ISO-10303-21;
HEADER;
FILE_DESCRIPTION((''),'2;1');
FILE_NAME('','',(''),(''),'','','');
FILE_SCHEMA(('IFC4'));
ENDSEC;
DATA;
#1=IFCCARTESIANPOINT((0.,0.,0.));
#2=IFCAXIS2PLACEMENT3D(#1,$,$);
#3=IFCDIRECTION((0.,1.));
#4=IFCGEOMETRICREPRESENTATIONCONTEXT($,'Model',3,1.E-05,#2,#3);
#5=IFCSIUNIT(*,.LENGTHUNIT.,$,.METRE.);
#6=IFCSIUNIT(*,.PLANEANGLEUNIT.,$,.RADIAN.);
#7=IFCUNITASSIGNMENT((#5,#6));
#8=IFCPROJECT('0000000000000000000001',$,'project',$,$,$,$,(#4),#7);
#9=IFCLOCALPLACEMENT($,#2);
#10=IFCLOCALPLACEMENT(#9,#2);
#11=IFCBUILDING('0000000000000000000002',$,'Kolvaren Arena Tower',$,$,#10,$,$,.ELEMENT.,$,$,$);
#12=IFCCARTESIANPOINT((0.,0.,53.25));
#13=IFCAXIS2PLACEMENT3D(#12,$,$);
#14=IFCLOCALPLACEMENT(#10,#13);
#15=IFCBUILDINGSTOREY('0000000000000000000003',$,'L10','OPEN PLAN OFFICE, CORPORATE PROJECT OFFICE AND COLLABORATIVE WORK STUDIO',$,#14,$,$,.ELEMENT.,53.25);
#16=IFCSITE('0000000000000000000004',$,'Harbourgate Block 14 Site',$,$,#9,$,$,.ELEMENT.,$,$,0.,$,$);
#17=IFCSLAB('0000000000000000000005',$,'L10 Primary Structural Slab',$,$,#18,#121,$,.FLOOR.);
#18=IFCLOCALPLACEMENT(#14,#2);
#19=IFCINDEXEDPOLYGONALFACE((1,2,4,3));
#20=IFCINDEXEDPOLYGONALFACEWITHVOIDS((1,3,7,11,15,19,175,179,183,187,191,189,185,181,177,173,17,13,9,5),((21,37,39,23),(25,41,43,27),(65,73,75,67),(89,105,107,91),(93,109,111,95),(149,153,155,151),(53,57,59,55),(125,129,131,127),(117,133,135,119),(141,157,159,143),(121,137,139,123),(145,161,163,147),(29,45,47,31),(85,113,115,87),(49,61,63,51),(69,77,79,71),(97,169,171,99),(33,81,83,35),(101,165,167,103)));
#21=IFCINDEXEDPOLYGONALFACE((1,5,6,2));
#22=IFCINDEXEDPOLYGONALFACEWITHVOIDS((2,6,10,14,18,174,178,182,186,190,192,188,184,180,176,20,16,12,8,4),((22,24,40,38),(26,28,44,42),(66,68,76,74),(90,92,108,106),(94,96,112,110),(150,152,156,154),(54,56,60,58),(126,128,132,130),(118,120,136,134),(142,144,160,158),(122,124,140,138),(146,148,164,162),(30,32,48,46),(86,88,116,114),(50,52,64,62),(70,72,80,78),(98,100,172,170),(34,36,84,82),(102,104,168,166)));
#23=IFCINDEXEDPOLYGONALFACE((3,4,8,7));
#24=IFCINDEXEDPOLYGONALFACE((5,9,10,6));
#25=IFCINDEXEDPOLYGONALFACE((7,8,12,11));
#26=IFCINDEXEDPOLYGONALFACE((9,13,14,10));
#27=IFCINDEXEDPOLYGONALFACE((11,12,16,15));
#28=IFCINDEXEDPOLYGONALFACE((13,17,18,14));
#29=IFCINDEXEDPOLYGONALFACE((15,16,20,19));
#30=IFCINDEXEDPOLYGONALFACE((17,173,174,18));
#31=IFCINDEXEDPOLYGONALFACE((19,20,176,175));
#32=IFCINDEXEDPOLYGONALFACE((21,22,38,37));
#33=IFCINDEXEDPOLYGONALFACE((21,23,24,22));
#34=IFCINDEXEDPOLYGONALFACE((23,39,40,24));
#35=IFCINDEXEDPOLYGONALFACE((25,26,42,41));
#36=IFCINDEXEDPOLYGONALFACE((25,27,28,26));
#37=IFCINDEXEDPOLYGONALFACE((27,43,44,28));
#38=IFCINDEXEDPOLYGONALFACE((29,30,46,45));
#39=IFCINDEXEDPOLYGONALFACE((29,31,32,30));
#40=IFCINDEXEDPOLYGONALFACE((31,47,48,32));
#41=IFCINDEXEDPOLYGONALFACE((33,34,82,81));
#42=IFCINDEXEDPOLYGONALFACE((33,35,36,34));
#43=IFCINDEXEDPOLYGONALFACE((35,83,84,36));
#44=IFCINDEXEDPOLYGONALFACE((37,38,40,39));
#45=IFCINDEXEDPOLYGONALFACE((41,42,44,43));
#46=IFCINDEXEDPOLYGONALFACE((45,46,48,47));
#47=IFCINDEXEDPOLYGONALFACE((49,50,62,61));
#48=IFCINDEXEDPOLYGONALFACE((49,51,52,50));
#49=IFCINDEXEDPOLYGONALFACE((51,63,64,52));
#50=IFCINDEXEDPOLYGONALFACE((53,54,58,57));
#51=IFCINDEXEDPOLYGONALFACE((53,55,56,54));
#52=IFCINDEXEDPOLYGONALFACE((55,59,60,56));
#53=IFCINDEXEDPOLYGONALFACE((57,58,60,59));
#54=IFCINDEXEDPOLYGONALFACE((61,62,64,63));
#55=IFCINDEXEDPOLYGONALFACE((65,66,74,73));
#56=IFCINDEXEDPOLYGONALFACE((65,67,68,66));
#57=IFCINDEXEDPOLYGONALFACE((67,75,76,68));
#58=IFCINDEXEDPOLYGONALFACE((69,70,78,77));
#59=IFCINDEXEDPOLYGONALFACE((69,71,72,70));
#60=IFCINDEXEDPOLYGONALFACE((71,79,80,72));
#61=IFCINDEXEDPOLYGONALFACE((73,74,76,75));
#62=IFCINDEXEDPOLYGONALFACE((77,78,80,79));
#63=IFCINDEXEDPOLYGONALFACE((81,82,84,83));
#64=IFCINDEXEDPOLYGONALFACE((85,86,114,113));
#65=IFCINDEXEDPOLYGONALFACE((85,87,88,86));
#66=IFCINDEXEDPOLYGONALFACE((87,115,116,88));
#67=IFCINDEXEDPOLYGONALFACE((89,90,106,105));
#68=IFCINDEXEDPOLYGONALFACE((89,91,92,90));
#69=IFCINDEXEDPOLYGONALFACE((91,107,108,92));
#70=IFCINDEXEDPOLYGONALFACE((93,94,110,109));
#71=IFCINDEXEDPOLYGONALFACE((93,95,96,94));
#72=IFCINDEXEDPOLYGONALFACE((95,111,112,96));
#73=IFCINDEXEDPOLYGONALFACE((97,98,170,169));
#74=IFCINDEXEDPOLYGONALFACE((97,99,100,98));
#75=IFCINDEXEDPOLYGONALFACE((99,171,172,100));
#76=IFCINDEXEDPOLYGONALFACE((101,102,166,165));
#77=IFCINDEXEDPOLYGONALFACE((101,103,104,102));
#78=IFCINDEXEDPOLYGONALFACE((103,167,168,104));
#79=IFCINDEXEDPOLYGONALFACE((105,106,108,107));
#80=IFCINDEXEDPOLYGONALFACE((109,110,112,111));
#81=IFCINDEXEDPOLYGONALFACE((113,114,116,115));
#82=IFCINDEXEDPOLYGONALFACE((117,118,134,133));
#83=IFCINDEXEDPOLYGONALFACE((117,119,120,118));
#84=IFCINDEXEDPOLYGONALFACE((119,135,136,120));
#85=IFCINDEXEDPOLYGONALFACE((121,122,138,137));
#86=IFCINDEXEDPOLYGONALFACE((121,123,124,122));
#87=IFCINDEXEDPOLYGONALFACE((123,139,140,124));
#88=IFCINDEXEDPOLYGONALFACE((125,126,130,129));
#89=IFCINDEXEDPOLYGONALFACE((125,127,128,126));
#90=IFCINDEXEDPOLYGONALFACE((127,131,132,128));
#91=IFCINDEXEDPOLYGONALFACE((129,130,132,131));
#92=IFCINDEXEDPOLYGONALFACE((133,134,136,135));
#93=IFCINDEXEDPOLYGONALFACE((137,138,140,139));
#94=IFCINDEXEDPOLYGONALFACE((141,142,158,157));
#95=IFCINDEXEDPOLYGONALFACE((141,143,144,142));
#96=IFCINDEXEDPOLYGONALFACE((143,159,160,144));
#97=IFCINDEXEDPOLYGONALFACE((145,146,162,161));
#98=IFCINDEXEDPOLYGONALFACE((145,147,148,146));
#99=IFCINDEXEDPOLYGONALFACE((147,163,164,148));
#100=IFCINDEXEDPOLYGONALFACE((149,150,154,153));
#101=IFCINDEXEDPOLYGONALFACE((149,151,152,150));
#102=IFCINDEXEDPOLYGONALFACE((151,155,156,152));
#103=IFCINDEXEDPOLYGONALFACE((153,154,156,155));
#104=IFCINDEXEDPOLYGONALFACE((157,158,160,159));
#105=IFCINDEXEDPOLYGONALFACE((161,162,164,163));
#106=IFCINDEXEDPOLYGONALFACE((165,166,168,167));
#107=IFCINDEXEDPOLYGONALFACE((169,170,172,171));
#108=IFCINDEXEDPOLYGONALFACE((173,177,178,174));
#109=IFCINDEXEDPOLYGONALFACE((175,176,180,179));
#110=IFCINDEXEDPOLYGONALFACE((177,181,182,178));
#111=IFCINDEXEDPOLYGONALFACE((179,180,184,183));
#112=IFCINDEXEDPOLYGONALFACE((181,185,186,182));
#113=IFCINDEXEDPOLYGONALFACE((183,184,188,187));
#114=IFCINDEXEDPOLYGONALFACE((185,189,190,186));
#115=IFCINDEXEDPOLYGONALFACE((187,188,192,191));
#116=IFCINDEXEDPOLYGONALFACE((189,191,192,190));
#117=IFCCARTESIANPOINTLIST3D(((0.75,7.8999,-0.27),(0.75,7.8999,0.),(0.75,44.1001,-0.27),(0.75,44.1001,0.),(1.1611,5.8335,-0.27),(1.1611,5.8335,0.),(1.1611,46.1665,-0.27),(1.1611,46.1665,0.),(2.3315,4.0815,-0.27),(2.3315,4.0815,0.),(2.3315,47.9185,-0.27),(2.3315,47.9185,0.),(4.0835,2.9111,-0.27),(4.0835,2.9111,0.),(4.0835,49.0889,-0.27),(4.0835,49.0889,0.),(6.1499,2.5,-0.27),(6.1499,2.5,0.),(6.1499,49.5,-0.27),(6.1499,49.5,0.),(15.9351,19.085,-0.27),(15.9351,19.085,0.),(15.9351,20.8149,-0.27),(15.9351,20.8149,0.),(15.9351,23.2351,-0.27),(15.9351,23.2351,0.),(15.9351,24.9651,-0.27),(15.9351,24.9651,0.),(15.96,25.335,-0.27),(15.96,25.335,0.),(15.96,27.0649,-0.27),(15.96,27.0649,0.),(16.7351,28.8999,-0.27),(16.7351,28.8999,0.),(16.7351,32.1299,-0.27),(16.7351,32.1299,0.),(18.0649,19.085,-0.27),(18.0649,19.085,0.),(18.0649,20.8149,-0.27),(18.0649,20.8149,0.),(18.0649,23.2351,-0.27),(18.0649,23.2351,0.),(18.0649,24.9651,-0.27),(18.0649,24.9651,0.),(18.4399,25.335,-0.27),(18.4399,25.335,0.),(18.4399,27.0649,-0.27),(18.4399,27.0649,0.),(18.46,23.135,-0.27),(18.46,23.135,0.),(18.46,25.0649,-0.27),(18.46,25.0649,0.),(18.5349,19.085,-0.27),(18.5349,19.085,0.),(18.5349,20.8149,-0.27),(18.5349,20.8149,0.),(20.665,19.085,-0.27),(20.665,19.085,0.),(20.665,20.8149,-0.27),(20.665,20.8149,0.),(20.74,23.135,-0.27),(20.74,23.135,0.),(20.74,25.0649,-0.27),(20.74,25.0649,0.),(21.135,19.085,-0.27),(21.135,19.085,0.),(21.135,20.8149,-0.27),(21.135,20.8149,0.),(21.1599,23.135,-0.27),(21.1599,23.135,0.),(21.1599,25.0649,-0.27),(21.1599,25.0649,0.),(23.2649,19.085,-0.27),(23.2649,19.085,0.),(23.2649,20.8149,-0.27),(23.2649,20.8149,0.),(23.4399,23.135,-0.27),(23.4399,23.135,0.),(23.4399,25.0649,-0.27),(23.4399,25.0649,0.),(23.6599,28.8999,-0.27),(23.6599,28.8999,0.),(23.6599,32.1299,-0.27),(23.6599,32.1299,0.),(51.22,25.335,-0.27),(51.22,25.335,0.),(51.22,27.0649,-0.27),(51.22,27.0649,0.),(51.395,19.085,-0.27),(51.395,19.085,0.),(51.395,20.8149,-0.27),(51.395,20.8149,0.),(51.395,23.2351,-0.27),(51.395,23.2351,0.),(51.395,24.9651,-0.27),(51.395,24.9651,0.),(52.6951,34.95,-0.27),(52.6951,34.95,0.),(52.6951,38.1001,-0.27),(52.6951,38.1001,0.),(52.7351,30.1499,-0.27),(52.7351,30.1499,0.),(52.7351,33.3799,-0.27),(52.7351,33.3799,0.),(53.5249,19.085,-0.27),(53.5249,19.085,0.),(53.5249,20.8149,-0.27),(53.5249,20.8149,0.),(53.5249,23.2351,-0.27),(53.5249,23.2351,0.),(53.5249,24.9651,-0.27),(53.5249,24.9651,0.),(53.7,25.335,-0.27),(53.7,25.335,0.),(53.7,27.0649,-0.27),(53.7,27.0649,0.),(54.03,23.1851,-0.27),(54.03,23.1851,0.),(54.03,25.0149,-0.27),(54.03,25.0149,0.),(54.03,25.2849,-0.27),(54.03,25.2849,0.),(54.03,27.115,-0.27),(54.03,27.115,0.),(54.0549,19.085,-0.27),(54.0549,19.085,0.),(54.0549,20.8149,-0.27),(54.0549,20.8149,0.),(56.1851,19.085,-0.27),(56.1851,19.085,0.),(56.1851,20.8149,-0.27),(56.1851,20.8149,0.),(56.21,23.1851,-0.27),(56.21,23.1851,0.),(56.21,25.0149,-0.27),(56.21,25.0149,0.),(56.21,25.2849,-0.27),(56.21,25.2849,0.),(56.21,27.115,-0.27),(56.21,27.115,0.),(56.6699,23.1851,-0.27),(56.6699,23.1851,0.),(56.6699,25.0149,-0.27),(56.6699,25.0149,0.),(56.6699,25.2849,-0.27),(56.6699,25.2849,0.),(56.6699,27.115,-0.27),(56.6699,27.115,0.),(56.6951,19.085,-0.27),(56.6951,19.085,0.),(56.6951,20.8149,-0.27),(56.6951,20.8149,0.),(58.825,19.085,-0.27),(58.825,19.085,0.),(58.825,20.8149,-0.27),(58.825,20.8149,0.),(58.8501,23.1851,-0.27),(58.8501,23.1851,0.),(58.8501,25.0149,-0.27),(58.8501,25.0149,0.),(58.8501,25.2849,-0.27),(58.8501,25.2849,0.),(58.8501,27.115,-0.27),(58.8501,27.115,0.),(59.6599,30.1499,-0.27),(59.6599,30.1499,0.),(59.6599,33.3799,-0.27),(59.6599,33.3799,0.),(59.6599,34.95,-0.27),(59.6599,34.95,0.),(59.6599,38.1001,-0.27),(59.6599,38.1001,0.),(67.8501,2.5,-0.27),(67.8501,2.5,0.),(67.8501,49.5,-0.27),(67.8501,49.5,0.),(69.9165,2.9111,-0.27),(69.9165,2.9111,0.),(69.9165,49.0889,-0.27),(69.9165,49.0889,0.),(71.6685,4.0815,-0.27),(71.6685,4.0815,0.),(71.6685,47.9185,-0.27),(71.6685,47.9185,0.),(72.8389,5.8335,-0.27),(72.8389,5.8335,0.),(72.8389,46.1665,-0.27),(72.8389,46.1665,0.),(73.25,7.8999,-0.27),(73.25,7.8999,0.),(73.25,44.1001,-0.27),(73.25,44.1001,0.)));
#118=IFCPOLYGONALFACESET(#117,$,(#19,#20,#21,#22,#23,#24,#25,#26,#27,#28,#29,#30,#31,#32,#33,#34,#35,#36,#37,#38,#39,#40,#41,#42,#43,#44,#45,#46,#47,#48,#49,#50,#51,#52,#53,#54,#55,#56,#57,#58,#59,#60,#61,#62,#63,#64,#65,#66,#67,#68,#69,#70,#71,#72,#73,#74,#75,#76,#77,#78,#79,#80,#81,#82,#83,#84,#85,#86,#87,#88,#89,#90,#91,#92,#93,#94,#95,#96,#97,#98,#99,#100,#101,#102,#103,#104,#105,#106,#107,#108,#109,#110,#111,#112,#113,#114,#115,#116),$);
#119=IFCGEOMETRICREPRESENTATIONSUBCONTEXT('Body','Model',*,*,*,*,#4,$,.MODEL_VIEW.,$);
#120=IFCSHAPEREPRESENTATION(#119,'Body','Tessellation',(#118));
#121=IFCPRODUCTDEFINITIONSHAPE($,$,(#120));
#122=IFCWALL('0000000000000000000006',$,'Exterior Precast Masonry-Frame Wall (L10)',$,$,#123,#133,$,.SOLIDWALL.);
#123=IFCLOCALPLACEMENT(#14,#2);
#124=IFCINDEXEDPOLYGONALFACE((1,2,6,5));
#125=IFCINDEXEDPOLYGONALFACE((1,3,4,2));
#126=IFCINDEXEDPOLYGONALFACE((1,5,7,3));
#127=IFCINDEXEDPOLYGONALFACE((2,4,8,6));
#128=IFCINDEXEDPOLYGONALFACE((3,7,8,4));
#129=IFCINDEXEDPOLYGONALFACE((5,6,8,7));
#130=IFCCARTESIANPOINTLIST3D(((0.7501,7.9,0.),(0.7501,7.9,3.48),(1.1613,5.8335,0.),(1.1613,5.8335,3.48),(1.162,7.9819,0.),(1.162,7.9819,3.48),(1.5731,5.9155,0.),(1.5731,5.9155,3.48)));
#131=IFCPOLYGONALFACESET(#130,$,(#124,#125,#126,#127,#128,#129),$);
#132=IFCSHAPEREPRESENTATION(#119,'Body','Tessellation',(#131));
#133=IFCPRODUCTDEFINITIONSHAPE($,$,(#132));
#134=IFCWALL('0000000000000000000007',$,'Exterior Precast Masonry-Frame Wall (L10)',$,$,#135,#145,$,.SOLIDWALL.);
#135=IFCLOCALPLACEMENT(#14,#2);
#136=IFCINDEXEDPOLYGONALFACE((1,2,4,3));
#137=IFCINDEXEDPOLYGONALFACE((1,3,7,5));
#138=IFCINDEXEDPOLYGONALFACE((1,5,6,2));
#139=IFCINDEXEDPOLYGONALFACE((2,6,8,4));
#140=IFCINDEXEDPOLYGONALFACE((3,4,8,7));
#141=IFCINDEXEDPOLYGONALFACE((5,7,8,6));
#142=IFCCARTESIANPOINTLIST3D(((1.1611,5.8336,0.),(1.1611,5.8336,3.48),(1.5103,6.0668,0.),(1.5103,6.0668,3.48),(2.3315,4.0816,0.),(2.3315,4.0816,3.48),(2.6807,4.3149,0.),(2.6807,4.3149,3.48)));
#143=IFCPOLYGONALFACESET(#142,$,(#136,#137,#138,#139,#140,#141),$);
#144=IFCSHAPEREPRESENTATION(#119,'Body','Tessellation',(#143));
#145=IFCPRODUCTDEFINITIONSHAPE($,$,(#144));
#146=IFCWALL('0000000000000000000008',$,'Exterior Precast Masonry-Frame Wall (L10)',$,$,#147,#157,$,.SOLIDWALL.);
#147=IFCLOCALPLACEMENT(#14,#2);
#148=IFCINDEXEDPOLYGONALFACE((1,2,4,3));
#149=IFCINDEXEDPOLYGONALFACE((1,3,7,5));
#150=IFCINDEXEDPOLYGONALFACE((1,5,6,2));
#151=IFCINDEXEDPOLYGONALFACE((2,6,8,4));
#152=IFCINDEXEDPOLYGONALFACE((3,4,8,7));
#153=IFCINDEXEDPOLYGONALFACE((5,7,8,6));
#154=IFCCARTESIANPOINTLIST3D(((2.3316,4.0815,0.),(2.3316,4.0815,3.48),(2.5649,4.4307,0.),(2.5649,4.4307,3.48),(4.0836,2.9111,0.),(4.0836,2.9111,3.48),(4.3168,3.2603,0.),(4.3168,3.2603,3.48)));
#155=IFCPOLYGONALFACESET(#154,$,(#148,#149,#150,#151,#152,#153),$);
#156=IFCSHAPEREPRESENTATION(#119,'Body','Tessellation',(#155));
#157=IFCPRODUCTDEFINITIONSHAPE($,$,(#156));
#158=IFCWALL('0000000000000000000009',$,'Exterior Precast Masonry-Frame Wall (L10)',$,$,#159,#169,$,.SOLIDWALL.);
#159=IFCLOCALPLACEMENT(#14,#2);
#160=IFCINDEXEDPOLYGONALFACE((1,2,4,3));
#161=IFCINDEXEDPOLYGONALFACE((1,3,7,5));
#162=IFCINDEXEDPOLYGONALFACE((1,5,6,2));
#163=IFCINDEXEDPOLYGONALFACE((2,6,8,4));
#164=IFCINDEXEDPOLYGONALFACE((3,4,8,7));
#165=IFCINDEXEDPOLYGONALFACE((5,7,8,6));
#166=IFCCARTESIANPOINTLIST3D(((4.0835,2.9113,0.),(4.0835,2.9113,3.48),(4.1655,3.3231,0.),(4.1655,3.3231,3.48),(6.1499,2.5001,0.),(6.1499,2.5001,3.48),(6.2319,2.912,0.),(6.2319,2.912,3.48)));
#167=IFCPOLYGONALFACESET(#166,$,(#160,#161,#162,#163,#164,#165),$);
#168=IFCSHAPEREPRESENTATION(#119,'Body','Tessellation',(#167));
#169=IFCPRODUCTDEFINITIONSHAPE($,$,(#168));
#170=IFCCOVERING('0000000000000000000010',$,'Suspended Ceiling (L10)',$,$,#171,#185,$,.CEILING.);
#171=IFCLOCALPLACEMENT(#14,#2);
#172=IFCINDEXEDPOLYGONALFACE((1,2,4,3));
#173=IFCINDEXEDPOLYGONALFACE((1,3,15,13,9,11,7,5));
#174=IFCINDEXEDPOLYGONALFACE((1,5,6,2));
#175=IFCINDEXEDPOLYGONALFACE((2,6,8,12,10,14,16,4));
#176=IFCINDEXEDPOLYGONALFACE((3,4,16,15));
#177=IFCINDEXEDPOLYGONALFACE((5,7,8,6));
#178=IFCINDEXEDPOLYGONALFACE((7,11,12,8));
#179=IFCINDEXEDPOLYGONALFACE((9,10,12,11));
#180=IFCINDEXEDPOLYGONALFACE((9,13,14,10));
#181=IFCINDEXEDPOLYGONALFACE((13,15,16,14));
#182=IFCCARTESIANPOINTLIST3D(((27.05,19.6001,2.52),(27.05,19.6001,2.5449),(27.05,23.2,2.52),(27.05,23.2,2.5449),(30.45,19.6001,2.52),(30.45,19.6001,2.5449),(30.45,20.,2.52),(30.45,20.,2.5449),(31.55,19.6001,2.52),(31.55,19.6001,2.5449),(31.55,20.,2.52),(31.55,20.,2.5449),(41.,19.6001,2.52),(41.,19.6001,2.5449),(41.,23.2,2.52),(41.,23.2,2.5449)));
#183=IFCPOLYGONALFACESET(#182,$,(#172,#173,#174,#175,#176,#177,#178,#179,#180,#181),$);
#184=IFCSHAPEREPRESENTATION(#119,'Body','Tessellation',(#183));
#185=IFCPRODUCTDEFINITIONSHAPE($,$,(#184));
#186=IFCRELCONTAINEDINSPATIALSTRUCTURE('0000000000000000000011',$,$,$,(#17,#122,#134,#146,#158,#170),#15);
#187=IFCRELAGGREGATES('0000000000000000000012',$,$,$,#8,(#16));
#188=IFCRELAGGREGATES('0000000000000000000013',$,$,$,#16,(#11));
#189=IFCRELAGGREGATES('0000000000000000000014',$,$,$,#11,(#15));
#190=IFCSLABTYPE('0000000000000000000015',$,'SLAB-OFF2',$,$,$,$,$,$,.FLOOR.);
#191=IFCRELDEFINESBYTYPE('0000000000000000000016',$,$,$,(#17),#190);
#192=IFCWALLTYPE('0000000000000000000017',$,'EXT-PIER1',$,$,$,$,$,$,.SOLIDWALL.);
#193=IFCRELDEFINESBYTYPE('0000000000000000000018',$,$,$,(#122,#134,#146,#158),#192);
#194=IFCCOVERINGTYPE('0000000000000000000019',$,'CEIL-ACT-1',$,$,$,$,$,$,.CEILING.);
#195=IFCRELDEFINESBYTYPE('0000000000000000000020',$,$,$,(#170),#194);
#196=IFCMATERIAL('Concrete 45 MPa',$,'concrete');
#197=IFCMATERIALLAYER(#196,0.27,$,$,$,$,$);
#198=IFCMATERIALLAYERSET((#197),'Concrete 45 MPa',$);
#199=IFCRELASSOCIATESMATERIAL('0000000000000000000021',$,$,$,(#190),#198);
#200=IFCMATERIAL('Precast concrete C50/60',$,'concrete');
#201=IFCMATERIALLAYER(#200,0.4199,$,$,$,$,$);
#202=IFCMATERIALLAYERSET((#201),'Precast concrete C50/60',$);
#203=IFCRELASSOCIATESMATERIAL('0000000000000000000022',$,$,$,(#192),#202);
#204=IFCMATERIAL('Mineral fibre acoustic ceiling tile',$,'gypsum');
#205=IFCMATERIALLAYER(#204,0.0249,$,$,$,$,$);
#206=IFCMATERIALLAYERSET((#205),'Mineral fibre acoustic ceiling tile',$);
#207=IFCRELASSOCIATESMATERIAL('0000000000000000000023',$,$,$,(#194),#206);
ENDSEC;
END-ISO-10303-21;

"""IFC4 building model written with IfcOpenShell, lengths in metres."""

from ifc_helpers import new_model, si_unit, direction, frame, frame_2d, origin, place, context, subcontext, project, spatial, polyline, rectangle, outline, extrude, material, layer, layer_set, type_object, element, save


model = new_model("IFC4")

# Units and contexts
model_context = context("Model", 3, precision=1e-05, world=origin(), true_north=direction((0.0, 1.0)))
body_context = subcontext(model_context, "Body", "Model", "MODEL_VIEW")
ifc_project = project(units=[si_unit("LENGTHUNIT", "METRE"), si_unit("PLANEANGLEUNIT", "RADIAN")], contexts=[model_context])

# Site, building, storey
site_placement = place(None, origin())
site = spatial("IfcSite", under=ifc_project, at=site_placement, Name="Harbourgate Block 14 Site", CompositionType="ELEMENT", RefElevation=0.0)
building_placement = place(site_placement, origin())
building = spatial("IfcBuilding", under=site, at=building_placement, Name="Kolvaren Arena Tower", CompositionType="ELEMENT")
storey_placement = place(building_placement, frame((0.0, 0.0, 53.25)))
storey = spatial("IfcBuildingStorey", under=building, at=storey_placement, Name="L10", Description="OPEN PLAN OFFICE, CORPORATE PROJECT OFFICE AND COLLABORATIVE WORK STUDIO", CompositionType="ELEMENT", Elevation=53.25)

# Shared definitions
ifc_material_1 = material(Name="Concrete 45 MPa", Category="concrete")

# Slab
ifc_layer_1 = layer(ifc_material_1, 0.27)
ifc_layer_set_1 = layer_set([ifc_layer_1], Name="Concrete 45 MPa")
slab_type_1 = type_object("IfcSlabType", Name="SLAB-OFF2", PredefinedType="FLOOR", material=ifc_layer_set_1)
slab_1_placement = place(storey_placement, frame((0.0, 0.0, -0.27)))
element("IfcSlab", 1, at=slab_1_placement, inside=storey, type_object=slab_type_1, Name="L10 Primary Structural Slab", PredefinedType="FLOOR", context=body_context, shape_type="SweptSolid", body=[
    extrude(outline(polyline([(67.8501, 2.5), (69.9165, 2.9111), (71.6685, 4.0815), (72.8389, 5.8335), (73.25, 7.8999), (73.25, 44.1001), (72.8389, 46.1665), (71.6685, 47.9185), (69.9165, 49.0889), (67.8501, 49.5), (6.1499, 49.5), (4.0835, 49.0889), (2.3315, 47.9185), (1.1611, 46.1665), (0.75, 44.1001), (0.75, 7.8999), (1.1611, 5.8335), (2.3315, 4.0815), (4.0835, 2.9111), (6.1499, 2.5), (67.8501, 2.5)]), holes=[polyline([(15.9351, 19.085), (15.9351, 20.8149), (18.0649, 20.8149), (18.0649, 19.085), (15.9351, 19.085)]), polyline([(18.5349, 19.085), (18.5349, 20.8149), (20.665, 20.8149), (20.665, 19.085), (18.5349, 19.085)]), polyline([(21.135, 19.085), (21.135, 20.8149), (23.2649, 20.8149), (23.2649, 19.085), (21.135, 19.085)]), polyline([(51.395, 19.085), (51.395, 20.8149), (53.5249, 20.8149), (53.5249, 19.085), (51.395, 19.085)]), polyline([(54.0549, 19.085), (54.0549, 20.8149), (56.1851, 20.8149), (56.1851, 19.085), (54.0549, 19.085)]), polyline([(56.6951, 19.085), (56.6951, 20.8149), (58.825, 20.8149), (58.825, 19.085), (56.6951, 19.085)]), polyline([(18.46, 23.135), (18.46, 25.0649), (20.74, 25.0649), (20.74, 23.135), (18.46, 23.135)]), polyline([(21.1599, 23.135), (21.1599, 25.0649), (23.4399, 25.0649), (23.4399, 23.135), (21.1599, 23.135)]), polyline([(54.03, 25.0149), (56.21, 25.0149), (56.21, 23.1851), (54.03, 23.1851), (54.03, 25.0149)]), polyline([(56.6699, 25.0149), (58.8501, 25.0149), (58.8501, 23.1851), (56.6699, 23.1851), (56.6699, 25.0149)]), polyline([(15.9351, 23.2351), (15.9351, 24.9651), (18.0649, 24.9651), (18.0649, 23.2351), (15.9351, 23.2351)]), polyline([(51.395, 24.9651), (53.5249, 24.9651), (53.5249, 23.2351), (51.395, 23.2351), (51.395, 24.9651)]), polyline([(54.03, 25.2849), (54.03, 27.115), (56.21, 27.115), (56.21, 25.2849), (54.03, 25.2849)]), polyline([(56.6699, 25.2849), (56.6699, 27.115), (58.8501, 27.115), (58.8501, 25.2849), (56.6699, 25.2849)]), polyline([(15.96, 27.0649), (18.4399, 27.0649), (18.4399, 25.335), (15.96, 25.335), (15.96, 27.0649)]), polyline([(51.22, 25.335), (51.22, 27.0649), (53.7, 27.0649), (53.7, 25.335), (51.22, 25.335)]), polyline([(16.7351, 28.8999), (16.7351, 32.1299), (23.6599, 32.1299), (23.6599, 28.8999), (16.7351, 28.8999)]), polyline([(52.7351, 33.3799), (59.6599, 33.3799), (59.6599, 30.1499), (52.7351, 30.1499), (52.7351, 33.3799)]), polyline([(52.6951, 38.1001), (59.6599, 38.1001), (59.6599, 34.95), (52.6951, 34.95), (52.6951, 38.1001)])]), origin(), (0.0, 0.0, 1.0), 0.27),
])

# Walls
ifc_material_2 = material(Name="Precast concrete C50/60", Category="concrete")
ifc_layer_2 = layer(ifc_material_2, 0.4199)
ifc_layer_set_2 = layer_set([ifc_layer_2], Name="Precast concrete C50/60")
wall_type = type_object("IfcWallType", Name="EXT-PIER1", PredefinedType="SOLIDWALL", material=ifc_layer_set_2)
for number, where, z_axis, x_axis, name in (
    (2, (1.3672, 5.8745, 0.0), (0.0, 0.0, 1.0), (-0.195136, 0.980776, 0.0), "Exterior Precast Masonry-Frame Wall (L10)"),
    (3, (2.5061, 4.1982, 0.0), (0.0, 0.0, 1.0), (-0.555502, 0.831515, 0.0), "Exterior Precast Masonry-Frame Wall (L10)"),
    (4, (4.2002, 3.0857, 0.0), (0.0, 0.0, 1.0), (-0.831515, 0.555502, 0.0), "Exterior Precast Masonry-Frame Wall (L10)"),
    (5, (6.1909, 2.7061, 0.0), (0.0, 0.0, 1.0), (-0.980776, 0.195136, 0.0), "Exterior Precast Masonry-Frame Wall (L10)"),
):
    element("IfcWall", number, at=place(storey_placement, frame(where, z_axis=z_axis, x_axis=x_axis)), inside=storey, type_object=wall_type, Name=name, PredefinedType="SOLIDWALL", context=body_context, shape_type="SweptSolid", body=[
        extrude(rectangle(XDim=2.1069, YDim=0.4199, at=frame_2d((1.0535, 0.0))), origin(), (0.0, 0.0, 1.0), 3.48),
    ])

# Covering
ifc_material_3 = material(Name="Mineral fibre acoustic ceiling tile", Category="gypsum")
ifc_layer_3 = layer(ifc_material_3, 0.0249)
ifc_layer_set_3 = layer_set([ifc_layer_3], Name="Mineral fibre acoustic ceiling tile")
covering_type_1 = type_object("IfcCoveringType", Name="CEIL-ACT-1", PredefinedType="CEILING", material=ifc_layer_set_3)
covering_1_placement = place(storey_placement, frame((0.0, 0.0, 2.52)))
element("IfcCovering", 6, at=covering_1_placement, inside=storey, type_object=covering_type_1, Name="Suspended Ceiling (L10)", PredefinedType="CEILING", context=body_context, shape_type="SweptSolid", body=[
    extrude(outline(polyline([(27.05, 19.6001), (27.05, 23.2), (41.0, 23.2), (41.0, 19.6001), (31.55, 19.6001), (31.55, 20.0), (30.45, 20.0), (30.45, 19.6001), (27.05, 19.6001)])), origin(), (0.0, 0.0, 1.0), 0.0249),
])

save(model, "model.ifc")
